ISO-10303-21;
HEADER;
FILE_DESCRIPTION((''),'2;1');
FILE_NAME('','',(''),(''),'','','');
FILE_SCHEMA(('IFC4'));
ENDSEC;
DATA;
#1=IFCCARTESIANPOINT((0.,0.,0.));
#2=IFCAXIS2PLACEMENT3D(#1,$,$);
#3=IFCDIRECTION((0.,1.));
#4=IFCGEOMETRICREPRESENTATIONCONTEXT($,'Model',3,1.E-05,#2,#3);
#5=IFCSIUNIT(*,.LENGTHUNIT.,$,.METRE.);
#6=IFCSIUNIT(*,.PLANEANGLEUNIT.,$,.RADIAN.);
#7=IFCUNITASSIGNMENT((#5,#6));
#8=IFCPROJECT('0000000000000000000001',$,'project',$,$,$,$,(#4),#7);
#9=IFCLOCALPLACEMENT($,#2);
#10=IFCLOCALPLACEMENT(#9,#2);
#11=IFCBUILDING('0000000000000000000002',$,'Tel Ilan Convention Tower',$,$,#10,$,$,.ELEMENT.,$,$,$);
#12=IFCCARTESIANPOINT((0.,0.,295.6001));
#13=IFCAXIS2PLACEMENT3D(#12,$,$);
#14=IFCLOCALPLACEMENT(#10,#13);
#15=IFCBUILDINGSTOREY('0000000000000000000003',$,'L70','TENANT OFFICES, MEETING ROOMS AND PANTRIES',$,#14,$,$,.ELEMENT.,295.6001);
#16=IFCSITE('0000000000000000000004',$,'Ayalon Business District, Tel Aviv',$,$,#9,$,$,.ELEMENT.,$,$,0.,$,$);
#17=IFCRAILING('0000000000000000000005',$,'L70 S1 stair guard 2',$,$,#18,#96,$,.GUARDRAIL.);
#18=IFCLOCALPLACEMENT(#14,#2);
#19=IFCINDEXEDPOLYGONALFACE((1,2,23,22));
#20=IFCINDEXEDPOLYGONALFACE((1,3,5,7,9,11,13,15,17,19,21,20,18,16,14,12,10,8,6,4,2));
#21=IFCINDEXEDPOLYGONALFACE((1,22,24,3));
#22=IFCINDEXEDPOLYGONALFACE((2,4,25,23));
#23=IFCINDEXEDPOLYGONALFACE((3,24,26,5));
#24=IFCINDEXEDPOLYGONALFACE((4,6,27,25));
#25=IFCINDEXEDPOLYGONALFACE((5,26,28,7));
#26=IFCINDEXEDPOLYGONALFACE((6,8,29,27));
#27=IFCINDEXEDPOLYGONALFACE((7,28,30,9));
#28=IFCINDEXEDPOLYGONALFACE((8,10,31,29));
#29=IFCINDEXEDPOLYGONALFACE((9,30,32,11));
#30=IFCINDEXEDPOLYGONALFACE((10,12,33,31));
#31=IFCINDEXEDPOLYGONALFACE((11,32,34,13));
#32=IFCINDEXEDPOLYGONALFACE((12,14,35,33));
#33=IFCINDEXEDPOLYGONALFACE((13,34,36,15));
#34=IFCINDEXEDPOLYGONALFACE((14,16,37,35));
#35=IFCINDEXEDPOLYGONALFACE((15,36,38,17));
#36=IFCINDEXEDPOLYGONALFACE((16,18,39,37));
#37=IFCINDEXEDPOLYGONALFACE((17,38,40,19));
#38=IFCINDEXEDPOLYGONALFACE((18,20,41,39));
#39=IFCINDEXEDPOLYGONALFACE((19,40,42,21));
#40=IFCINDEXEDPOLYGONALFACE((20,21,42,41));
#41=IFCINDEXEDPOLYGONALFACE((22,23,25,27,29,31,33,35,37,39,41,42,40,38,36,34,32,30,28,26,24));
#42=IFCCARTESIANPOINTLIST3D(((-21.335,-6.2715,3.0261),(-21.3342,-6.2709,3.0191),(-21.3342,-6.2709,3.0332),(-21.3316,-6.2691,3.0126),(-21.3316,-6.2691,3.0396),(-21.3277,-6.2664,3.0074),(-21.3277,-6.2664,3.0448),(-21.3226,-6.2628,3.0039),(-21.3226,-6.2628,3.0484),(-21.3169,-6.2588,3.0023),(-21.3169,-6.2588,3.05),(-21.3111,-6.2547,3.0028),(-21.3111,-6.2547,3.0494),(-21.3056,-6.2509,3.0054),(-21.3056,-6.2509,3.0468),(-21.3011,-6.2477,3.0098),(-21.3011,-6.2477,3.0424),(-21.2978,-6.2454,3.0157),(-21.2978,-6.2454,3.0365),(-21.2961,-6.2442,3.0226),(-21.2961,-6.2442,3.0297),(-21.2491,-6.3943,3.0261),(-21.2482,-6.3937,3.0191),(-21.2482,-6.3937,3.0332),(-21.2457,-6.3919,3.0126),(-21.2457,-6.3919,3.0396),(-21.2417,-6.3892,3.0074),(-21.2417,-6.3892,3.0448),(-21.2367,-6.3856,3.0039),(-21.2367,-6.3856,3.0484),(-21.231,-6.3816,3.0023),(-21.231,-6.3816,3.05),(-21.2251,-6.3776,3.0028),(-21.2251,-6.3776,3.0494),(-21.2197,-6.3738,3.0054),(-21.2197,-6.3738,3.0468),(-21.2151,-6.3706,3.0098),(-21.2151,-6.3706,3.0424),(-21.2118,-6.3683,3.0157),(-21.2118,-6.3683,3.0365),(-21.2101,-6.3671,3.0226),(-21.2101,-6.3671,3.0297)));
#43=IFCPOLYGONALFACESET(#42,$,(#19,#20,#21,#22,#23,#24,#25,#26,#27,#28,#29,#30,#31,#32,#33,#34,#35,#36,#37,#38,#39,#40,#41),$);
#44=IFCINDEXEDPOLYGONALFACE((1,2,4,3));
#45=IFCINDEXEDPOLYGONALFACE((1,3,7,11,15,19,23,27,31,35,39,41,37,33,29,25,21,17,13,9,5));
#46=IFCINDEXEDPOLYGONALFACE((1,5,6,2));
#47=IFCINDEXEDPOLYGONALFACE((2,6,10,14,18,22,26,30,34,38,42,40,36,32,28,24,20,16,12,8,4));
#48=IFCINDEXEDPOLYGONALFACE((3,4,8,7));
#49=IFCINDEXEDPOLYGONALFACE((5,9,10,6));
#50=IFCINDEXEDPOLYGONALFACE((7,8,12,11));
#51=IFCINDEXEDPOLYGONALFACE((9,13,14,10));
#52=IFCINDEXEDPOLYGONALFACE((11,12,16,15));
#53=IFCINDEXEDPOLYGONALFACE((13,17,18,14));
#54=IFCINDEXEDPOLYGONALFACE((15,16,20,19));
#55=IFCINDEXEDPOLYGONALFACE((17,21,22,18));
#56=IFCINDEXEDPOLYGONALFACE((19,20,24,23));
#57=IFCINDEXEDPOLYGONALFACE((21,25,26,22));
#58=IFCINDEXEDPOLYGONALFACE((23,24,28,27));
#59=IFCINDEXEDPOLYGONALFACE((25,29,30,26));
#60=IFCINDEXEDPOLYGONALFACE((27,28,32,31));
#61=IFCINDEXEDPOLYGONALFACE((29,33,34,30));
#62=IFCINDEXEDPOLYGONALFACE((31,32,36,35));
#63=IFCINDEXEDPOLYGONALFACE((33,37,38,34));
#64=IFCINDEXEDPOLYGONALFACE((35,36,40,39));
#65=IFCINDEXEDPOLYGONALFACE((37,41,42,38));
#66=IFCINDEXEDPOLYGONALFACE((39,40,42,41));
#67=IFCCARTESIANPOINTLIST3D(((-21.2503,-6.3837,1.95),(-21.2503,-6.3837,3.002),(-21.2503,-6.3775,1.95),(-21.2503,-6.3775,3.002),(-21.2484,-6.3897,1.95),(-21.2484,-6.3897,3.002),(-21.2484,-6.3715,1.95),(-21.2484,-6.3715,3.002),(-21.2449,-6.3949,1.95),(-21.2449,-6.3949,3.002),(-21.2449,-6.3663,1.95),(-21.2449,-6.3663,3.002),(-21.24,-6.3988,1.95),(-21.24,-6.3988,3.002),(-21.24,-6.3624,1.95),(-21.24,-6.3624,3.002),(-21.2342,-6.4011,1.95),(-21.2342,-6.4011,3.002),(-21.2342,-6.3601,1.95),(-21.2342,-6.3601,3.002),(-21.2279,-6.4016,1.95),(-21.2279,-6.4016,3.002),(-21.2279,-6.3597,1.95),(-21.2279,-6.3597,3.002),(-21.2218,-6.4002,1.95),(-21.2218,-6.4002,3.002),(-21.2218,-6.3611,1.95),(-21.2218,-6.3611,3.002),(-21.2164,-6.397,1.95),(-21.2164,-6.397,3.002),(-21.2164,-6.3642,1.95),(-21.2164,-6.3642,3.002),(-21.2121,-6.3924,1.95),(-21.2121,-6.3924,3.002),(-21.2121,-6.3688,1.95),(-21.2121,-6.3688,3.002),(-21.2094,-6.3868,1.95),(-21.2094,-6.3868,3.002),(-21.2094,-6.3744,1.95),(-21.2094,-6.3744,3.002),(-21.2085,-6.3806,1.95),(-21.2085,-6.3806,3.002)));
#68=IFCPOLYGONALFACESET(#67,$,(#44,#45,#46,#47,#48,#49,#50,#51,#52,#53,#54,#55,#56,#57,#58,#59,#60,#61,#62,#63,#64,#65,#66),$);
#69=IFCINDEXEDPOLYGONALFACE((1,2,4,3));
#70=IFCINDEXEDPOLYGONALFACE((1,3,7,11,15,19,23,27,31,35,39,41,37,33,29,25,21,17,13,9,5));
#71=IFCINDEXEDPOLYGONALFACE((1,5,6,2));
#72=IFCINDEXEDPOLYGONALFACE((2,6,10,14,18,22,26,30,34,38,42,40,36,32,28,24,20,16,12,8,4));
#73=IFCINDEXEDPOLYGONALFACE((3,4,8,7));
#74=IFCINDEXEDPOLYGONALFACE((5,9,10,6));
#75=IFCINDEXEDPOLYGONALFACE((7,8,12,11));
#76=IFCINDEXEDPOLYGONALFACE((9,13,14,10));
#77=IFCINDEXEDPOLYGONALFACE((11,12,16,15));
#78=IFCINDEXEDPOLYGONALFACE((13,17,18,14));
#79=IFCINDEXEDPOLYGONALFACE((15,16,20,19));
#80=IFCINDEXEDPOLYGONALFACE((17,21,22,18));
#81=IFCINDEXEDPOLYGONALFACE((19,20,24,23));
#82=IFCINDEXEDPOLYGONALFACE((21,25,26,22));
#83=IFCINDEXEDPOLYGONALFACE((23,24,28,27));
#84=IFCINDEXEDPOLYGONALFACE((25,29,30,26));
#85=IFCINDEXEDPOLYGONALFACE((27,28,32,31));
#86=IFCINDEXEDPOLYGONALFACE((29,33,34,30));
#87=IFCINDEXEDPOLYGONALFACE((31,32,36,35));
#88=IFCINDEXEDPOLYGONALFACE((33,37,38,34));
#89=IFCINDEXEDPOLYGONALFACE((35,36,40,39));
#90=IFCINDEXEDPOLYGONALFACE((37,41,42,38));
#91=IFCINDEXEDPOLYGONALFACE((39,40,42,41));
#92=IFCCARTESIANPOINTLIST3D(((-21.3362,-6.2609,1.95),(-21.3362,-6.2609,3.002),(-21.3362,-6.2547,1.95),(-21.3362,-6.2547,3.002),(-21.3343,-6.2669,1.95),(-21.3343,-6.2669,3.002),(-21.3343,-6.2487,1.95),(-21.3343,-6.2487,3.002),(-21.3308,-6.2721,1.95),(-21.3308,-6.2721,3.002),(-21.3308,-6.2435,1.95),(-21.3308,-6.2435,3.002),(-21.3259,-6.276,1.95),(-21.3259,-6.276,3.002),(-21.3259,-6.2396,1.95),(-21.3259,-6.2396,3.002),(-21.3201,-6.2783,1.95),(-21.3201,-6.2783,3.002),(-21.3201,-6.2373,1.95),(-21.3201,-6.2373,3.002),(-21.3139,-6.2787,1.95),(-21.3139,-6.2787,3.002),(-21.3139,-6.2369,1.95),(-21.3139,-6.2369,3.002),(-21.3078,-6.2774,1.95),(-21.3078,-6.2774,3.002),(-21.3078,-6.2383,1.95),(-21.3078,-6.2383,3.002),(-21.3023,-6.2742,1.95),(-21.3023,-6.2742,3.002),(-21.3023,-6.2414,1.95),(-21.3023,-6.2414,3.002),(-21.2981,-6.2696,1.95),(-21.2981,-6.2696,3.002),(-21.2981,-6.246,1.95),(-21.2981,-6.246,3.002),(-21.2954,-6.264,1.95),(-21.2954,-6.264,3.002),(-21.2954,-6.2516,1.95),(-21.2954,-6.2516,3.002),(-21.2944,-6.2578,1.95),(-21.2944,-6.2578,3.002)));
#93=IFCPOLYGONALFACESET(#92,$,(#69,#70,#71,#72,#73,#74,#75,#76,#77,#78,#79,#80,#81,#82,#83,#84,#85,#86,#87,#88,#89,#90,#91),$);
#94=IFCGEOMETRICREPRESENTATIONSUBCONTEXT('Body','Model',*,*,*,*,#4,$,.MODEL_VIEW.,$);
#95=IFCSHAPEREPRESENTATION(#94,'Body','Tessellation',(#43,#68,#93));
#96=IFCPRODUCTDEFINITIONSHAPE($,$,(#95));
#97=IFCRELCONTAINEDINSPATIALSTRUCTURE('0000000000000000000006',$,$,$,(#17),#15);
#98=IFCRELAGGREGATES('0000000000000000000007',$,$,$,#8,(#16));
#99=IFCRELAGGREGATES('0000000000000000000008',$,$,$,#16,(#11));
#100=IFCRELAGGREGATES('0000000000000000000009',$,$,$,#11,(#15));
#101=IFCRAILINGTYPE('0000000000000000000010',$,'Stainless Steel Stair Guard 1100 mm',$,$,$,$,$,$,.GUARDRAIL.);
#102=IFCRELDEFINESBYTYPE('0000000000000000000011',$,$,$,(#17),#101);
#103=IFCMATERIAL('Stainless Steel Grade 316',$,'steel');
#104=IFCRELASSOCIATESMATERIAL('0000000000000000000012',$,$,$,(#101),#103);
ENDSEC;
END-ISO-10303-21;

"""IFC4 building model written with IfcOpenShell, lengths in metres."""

from ifc_helpers import new_model, si_unit, direction, frame, origin, origin_2d, place, context, subcontext, project, spatial, circle, extrude, material, type_object, element, save


model = new_model("IFC4")

# Units and contexts
model_context = context("Model", 3, precision=1e-05, world=origin(), true_north=direction((0.0, 1.0)))
body_context = subcontext(model_context, "Body", "Model", "MODEL_VIEW")
ifc_project = project(units=[si_unit("LENGTHUNIT", "METRE"), si_unit("PLANEANGLEUNIT", "RADIAN")], contexts=[model_context])

# Site, building, storey
site_placement = place(None, origin())
site = spatial("IfcSite", under=ifc_project, at=site_placement, Name="Ayalon Business District, Tel Aviv", CompositionType="ELEMENT", RefElevation=0.0)
building_placement = place(site_placement, origin())
building = spatial("IfcBuilding", under=site, at=building_placement, Name="Tel Ilan Convention Tower", CompositionType="ELEMENT")
storey_placement = place(building_placement, frame((0.0, 0.0, 295.6001)))
storey = spatial("IfcBuildingStorey", under=building, at=storey_placement, Name="L70", Description="TENANT OFFICES, MEETING ROOMS AND PANTRIES", CompositionType="ELEMENT", Elevation=295.6001)

# Railing
ifc_material_1 = material(Name="Stainless Steel Grade 316", Category="steel")
railing_type_1 = type_object("IfcRailingType", Name="Stainless Steel Stair Guard 1100 mm", PredefinedType="GUARDRAIL", material=ifc_material_1)
railing_1_placement = place(storey_placement, frame((-21.2295, -6.3806, 1.95)))
element("IfcRailing", 1, at=railing_1_placement, inside=storey, type_object=railing_type_1, Name="L70 S1 stair guard 2", PredefinedType="GUARDRAIL", context=body_context, shape_type="SweptSolid", body=[
    extrude(circle(Radius=0.0239, at=origin_2d()), frame((0.0, 0.0, 1.0762), z_axis=(-0.573353, 0.819308, 0.0), x_axis=(-0.819308, -0.573353, 0.0)), (0.0, 0.0, 1.0), 0.1499),
    extrude(circle(Radius=0.021, at=origin_2d()), origin(), (0.0, 0.0, 1.0), 1.052),
    extrude(circle(Radius=0.021, at=origin_2d()), frame((-0.0859, 0.1228, 0.0)), (0.0, 0.0, 1.0), 1.052),
])

save(model, "model.ifc")
